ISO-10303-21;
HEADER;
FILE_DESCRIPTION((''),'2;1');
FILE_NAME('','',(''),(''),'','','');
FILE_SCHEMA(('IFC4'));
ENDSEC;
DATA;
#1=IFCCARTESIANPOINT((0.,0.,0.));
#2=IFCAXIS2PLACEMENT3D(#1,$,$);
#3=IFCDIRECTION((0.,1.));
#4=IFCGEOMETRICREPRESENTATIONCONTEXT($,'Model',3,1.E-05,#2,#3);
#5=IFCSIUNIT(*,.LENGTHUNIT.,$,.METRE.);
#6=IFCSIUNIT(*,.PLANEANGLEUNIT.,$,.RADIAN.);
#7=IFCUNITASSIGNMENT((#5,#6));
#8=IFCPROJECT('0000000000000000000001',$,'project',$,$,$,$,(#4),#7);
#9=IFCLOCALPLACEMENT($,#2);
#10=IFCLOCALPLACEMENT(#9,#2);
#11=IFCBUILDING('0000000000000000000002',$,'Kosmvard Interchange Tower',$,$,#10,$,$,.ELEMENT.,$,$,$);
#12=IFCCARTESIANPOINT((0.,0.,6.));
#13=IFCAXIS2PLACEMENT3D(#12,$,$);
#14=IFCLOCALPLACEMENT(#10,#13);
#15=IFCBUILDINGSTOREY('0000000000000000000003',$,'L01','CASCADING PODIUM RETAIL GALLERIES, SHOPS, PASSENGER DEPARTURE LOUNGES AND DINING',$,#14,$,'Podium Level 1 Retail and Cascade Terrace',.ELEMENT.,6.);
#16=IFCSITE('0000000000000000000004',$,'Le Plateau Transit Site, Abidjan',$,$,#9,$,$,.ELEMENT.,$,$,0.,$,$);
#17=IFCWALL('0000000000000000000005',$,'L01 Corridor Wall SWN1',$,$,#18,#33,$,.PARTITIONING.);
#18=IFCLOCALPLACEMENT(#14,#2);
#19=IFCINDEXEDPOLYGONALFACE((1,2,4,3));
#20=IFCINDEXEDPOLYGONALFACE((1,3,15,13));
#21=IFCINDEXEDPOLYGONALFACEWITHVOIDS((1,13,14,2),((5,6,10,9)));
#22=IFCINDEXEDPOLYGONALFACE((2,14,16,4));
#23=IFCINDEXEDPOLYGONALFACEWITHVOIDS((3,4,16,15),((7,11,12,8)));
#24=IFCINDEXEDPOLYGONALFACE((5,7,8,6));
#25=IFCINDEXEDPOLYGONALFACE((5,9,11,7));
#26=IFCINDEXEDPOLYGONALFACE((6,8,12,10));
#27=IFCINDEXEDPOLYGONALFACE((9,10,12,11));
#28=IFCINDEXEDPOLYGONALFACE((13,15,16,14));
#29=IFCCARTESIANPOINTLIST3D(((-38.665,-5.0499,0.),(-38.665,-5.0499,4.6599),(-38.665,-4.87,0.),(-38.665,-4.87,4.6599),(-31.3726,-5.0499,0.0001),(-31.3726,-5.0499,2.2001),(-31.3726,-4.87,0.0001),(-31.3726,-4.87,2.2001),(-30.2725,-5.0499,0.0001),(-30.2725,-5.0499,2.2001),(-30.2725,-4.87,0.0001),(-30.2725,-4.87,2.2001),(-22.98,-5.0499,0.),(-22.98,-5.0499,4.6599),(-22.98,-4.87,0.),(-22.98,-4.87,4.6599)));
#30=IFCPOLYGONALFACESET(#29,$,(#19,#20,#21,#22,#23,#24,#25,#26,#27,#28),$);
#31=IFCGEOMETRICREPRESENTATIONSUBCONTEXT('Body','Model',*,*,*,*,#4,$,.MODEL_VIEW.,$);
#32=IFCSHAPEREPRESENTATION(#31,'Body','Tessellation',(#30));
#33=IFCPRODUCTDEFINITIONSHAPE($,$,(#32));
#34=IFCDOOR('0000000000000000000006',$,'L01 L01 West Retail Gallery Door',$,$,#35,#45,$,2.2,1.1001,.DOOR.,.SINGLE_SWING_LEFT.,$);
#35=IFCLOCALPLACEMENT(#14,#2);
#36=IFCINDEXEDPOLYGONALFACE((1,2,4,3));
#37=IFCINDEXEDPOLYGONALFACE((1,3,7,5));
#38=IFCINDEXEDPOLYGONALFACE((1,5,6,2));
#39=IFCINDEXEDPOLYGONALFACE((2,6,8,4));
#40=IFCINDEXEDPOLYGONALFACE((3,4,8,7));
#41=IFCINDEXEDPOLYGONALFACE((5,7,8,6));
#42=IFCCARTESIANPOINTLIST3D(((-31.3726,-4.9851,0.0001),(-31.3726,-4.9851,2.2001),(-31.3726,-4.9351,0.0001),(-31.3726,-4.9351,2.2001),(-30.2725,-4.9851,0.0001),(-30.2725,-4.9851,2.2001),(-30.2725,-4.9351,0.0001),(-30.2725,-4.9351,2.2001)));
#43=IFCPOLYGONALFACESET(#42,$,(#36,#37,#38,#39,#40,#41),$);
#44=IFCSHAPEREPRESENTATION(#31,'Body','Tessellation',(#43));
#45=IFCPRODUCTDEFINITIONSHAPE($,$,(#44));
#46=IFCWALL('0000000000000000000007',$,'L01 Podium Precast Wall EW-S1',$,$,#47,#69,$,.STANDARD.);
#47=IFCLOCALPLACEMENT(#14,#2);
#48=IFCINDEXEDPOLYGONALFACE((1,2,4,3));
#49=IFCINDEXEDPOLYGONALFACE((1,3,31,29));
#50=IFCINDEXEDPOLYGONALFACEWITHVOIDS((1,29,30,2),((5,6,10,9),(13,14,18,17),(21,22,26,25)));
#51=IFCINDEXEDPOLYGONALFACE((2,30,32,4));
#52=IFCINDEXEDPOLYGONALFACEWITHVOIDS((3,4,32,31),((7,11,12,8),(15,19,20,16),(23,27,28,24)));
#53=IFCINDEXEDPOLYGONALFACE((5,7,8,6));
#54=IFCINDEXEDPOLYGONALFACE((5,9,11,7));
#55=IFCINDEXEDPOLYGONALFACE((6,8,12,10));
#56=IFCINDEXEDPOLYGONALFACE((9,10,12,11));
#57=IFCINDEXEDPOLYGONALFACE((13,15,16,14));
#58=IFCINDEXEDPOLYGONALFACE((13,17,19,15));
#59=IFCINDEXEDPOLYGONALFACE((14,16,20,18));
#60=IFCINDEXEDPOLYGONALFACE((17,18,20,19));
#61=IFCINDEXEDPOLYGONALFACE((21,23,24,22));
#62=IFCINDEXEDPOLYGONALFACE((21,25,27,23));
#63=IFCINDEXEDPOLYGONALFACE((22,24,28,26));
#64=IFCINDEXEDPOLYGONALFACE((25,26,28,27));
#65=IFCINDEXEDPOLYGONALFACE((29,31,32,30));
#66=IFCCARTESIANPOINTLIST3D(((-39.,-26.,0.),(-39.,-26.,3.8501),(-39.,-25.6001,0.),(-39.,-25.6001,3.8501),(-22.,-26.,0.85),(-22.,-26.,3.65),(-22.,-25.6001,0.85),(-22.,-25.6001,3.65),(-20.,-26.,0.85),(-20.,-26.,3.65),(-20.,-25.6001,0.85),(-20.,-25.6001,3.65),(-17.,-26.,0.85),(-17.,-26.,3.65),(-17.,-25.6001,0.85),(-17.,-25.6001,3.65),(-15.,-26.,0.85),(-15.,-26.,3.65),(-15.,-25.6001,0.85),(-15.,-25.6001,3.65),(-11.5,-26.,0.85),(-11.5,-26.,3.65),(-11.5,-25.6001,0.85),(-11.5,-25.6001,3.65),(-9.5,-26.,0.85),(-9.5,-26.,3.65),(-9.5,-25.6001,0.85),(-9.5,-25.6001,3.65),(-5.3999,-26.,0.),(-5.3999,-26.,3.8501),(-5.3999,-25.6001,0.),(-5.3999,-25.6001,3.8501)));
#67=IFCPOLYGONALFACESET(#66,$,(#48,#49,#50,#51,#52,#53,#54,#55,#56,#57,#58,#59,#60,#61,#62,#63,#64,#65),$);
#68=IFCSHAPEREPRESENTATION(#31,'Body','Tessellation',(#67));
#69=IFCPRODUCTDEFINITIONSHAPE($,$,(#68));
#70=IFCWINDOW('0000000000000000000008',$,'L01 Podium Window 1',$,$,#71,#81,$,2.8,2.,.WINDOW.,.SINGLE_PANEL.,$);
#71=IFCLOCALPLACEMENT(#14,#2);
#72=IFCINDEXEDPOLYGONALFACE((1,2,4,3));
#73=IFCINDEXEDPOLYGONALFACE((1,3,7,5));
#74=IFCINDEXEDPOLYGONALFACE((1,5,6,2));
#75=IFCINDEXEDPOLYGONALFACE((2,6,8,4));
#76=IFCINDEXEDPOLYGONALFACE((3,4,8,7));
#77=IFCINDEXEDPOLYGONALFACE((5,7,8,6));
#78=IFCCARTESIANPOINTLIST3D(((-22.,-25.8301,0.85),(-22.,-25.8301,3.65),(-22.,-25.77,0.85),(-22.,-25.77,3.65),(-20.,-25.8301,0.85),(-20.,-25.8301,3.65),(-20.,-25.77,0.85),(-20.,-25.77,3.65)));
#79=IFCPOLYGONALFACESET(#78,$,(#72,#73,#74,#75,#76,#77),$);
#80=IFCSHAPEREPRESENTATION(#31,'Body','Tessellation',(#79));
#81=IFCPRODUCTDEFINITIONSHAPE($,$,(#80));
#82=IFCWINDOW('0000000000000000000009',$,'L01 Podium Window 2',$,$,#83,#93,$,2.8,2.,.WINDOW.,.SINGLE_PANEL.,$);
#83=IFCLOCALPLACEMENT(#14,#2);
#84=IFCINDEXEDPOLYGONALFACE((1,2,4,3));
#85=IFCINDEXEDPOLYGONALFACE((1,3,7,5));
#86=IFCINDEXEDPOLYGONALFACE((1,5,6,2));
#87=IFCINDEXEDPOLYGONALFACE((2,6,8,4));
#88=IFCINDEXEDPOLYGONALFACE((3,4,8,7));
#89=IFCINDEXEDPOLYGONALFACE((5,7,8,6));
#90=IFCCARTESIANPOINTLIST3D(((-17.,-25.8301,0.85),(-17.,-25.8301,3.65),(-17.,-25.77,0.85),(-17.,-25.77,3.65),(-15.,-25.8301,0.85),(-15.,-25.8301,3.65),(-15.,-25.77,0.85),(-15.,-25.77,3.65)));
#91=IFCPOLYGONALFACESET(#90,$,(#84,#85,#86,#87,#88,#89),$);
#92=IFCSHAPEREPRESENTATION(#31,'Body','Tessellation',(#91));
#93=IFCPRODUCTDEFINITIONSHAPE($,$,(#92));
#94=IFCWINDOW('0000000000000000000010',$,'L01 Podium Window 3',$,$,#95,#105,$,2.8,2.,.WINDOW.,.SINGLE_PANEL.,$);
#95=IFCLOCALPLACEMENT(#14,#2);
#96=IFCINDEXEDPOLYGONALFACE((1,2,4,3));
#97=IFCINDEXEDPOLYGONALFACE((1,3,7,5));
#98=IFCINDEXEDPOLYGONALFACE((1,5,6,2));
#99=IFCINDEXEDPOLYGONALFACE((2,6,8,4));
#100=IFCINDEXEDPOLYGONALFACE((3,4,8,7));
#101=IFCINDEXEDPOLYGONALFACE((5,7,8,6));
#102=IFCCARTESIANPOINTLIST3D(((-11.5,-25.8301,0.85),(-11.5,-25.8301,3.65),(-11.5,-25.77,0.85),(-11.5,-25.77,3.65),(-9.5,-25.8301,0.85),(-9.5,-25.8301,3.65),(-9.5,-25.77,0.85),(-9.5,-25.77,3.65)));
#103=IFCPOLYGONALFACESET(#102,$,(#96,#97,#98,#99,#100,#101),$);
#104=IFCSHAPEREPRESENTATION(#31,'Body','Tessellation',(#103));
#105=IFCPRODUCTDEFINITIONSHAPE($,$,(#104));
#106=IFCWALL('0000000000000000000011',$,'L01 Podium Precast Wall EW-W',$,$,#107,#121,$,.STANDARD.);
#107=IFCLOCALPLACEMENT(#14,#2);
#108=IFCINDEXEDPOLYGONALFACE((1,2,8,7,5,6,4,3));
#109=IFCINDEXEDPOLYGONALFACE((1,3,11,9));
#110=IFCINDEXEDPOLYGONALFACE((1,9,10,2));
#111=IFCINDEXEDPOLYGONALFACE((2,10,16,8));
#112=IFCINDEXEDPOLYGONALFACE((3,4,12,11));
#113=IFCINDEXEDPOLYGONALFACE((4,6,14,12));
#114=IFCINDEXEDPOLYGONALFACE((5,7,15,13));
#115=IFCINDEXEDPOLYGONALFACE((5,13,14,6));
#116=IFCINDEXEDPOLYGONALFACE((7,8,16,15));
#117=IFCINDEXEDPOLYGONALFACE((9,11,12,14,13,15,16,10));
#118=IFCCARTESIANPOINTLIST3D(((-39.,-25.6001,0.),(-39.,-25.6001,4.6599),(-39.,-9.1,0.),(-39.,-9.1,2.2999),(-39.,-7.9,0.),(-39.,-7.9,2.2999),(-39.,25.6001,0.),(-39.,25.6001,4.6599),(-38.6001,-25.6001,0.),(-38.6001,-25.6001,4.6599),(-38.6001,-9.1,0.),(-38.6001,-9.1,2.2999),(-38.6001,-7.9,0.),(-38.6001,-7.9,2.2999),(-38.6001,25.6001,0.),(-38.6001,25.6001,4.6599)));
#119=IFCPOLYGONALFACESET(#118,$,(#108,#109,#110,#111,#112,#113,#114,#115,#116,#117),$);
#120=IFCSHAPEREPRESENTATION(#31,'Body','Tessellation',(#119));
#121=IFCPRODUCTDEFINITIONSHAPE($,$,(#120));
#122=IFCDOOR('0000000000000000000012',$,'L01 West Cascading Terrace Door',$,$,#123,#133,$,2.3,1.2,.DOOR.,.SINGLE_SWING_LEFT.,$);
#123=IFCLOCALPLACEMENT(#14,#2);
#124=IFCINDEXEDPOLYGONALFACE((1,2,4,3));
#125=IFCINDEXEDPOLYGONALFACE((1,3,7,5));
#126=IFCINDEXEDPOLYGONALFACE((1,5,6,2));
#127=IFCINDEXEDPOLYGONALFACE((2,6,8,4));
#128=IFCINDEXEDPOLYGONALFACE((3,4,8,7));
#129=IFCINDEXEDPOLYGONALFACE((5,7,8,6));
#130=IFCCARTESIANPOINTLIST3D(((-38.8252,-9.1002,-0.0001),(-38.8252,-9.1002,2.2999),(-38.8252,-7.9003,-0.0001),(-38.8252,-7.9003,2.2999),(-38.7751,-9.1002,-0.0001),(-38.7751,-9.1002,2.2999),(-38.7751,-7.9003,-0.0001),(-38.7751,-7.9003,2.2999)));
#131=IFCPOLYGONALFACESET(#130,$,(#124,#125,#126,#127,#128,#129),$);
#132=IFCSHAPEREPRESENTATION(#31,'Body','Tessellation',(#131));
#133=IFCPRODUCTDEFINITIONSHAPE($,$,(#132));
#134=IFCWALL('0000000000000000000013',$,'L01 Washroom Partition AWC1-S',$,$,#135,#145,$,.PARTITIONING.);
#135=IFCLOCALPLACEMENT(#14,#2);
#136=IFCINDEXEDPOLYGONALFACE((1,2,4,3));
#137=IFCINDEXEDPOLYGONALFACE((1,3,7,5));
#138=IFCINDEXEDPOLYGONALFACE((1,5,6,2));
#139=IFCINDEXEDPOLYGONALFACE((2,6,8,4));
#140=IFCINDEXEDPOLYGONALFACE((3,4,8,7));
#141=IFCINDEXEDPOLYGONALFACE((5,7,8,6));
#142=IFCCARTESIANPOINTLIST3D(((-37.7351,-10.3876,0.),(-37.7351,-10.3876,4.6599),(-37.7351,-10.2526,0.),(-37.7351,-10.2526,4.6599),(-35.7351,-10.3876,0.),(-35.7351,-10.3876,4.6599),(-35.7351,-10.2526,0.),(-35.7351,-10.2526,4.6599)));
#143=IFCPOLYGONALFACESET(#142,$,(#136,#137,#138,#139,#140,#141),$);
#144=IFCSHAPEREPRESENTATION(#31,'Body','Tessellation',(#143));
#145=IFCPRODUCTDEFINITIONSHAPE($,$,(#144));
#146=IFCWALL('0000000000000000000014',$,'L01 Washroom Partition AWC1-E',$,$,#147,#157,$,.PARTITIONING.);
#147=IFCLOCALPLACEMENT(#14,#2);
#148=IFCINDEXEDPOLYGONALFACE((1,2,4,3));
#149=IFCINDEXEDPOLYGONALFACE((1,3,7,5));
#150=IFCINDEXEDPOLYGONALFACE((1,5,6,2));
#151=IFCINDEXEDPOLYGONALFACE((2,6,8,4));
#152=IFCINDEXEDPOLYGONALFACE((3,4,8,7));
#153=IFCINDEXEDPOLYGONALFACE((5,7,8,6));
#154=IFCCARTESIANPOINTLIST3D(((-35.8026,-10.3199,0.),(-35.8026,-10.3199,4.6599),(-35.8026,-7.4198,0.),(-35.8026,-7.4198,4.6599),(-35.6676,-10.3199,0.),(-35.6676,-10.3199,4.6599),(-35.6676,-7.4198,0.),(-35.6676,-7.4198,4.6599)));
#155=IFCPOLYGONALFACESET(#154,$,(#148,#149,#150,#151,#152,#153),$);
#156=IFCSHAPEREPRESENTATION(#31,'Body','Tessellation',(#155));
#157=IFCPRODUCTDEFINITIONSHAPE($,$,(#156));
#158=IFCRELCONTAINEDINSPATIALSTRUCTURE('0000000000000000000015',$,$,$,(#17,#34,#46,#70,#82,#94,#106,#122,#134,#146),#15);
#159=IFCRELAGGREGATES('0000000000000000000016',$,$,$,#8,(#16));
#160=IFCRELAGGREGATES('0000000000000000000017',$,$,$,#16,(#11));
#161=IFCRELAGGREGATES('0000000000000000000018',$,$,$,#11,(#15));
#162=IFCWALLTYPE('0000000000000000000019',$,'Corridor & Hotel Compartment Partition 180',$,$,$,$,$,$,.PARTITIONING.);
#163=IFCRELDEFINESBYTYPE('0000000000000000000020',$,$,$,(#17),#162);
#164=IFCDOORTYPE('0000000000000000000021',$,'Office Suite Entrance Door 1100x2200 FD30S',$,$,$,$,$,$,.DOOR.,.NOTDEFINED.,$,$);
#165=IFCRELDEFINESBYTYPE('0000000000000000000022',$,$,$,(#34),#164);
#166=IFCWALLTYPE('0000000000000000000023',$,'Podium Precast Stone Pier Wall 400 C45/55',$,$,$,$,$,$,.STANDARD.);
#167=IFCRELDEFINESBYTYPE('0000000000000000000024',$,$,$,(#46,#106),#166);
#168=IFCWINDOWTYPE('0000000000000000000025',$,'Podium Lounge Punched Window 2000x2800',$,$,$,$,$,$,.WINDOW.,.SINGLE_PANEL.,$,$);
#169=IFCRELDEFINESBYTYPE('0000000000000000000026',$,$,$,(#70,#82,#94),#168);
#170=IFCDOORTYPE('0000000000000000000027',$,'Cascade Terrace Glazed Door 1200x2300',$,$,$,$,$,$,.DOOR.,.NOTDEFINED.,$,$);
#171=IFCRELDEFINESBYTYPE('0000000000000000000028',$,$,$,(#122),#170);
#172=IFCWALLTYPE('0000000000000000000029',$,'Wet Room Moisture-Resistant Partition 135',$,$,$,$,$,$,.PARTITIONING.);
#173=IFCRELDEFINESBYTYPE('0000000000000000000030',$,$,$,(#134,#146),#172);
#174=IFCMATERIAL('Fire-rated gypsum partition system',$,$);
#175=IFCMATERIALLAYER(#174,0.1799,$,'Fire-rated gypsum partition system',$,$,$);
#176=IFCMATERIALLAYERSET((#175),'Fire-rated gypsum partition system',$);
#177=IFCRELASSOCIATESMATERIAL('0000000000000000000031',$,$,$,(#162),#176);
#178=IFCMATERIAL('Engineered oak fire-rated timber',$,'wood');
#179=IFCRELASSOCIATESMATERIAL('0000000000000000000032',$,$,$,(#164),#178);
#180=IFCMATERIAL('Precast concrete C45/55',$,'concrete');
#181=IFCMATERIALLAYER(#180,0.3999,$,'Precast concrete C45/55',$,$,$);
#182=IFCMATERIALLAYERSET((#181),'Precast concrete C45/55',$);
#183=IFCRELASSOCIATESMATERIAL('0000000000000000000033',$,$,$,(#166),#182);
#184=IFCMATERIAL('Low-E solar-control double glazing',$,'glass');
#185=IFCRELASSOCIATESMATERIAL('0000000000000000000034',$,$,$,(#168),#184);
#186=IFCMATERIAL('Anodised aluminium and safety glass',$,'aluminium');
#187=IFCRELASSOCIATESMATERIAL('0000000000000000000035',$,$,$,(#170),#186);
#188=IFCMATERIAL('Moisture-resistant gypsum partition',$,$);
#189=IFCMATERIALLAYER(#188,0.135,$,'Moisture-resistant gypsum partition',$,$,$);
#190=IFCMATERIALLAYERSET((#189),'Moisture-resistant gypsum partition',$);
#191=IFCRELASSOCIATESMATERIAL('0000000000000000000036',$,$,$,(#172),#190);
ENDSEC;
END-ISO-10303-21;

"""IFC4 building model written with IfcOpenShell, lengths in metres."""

from ifc_helpers import new_model, si_unit, direction, frame, frame_2d, origin, place, context, subcontext, project, spatial, rectangle, extrude, source, transform, mapped, material, layer, layer_set, type_object, element, fill, save


model = new_model("IFC4")

# Units and contexts
model_context = context("Model", 3, precision=1e-05, world=origin(), true_north=direction((0.0, 1.0)))
body_context = subcontext(model_context, "Body", "Model", "MODEL_VIEW")
ifc_project = project(units=[si_unit("LENGTHUNIT", "METRE"), si_unit("PLANEANGLEUNIT", "RADIAN")], contexts=[model_context])

# Site, building, storey
site_placement = place(None, origin())
site = spatial("IfcSite", under=ifc_project, at=site_placement, Name="Le Plateau Transit Site, Abidjan", CompositionType="ELEMENT", RefElevation=0.0)
building_placement = place(site_placement, origin())
building = spatial("IfcBuilding", under=site, at=building_placement, Name="Kosmvard Interchange Tower", CompositionType="ELEMENT")
storey_placement = place(building_placement, frame((0.0, 0.0, 6.0)))
storey = spatial("IfcBuildingStorey", under=building, at=storey_placement, Name="L01", Description="CASCADING PODIUM RETAIL GALLERIES, SHOPS, PASSENGER DEPARTURE LOUNGES AND DINING", LongName="Podium Level 1 Retail and Cascade Terrace", CompositionType="ELEMENT", Elevation=6.0)

# Shared definitions
ifc_material_1 = material(Name="Fire-rated gypsum partition system")
ifc_layer_1 = layer(ifc_material_1, 0.1799, Name="Fire-rated gypsum partition system")
ifc_layer_set_1 = layer_set([ifc_layer_1], Name="Fire-rated gypsum partition system")
wall_type_1 = type_object("IfcWallType", Name="Corridor & Hotel Compartment Partition 180", PredefinedType="PARTITIONING", material=ifc_layer_set_1)
ifc_material_2 = material(Name="Engineered oak fire-rated timber", Category="wood")
door_type_1 = type_object("IfcDoorType", Name="Office Suite Entrance Door 1100x2200 FD30S", OperationType="NOTDEFINED", PredefinedType="DOOR", material=ifc_material_2)
shared_shape_1 = source(origin(), body_context, "Body", "SweptSolid", [
    extrude(rectangle(XDim=1.1001, YDim=2.2, at=frame_2d((0.55, 1.1001))), frame((0.0, 0.0249, 0.0), z_axis=(0.0, -1.0, 0.0), x_axis=(1.0, 0.0, 0.0)), (0.0, 0.0, 1.0), 0.05),
])

# Wall, opening, door
wall_1_placement = place(storey_placement, frame((-38.665, -4.96, 0.0), z_axis=(0.0, 0.0, 1.0), x_axis=(1.0, 0.0, 0.0)))
wall_1 = element("IfcWall", 1, at=wall_1_placement, inside=storey, type_object=wall_type_1, Name="L01 Corridor Wall SWN1", PredefinedType="PARTITIONING", context=body_context, shape_type="SweptSolid", body=[
    extrude(rectangle(XDim=15.6851, YDim=0.1799, at=frame_2d((7.8425, 0.0))), origin(), (0.0, 0.0, 1.0), 4.6599),
])
opening_1_placement = place(wall_1_placement, frame((7.2925, 0.0, 0.0)))
opening_1 = element("IfcOpeningElement", 2, at=opening_1_placement, cuts=wall_1, PredefinedType="OPENING", context=body_context, shape_type="SweptSolid", body=[
    extrude(rectangle(XDim=1.1001, YDim=2.2, at=frame_2d((0.55, 1.1001))), frame((0.0, 0.1001, 0.0), z_axis=(0.0, -1.0, 0.0), x_axis=(1.0, 0.0, 0.0)), (0.0, 0.0, 1.0), 0.2),
])
door_1_placement = place(opening_1_placement, origin())
door_1 = element("IfcDoor", 3, at=door_1_placement, inside=storey, type_object=door_type_1, Name="L01 L01 West Retail Gallery Door", OperationType="SINGLE_SWING_LEFT", OverallHeight=2.2, OverallWidth=1.1001, PredefinedType="DOOR", context=body_context, shape_type="MappedRepresentation", body=[
    mapped(shared_shape_1, transform((0.0, 0.0, 0.0), scale=1.0)),
])
fill(opening_1, door_1)

# Wall, openings, windows
ifc_material_3 = material(Name="Precast concrete C45/55", Category="concrete")
ifc_layer_2 = layer(ifc_material_3, 0.3999, Name="Precast concrete C45/55")
ifc_layer_set_2 = layer_set([ifc_layer_2], Name="Precast concrete C45/55")
wall_type_2 = type_object("IfcWallType", Name="Podium Precast Stone Pier Wall 400 C45/55", PredefinedType="STANDARD", material=ifc_layer_set_2)
wall_2_placement = place(storey_placement, frame((-39.0, -25.8, 0.0), z_axis=(0.0, 0.0, 1.0), x_axis=(1.0, 0.0, 0.0)))
wall_2 = element("IfcWall", 4, at=wall_2_placement, inside=storey, type_object=wall_type_2, Name="L01 Podium Precast Wall EW-S1", PredefinedType="STANDARD", context=body_context, shape_type="SweptSolid", body=[
    extrude(rectangle(XDim=33.6001, YDim=0.3999, at=frame_2d((16.8, 0.0))), origin(), (0.0, 0.0, 1.0), 3.8501),
])
opening_2_placement = place(wall_2_placement, frame((17.0, 0.0, 0.8501)))
opening_2 = element("IfcOpeningElement", 5, at=opening_2_placement, cuts=wall_2, PredefinedType="OPENING", context=body_context, shape_type="SweptSolid", body=[
    extrude(rectangle(XDim=2.0, YDim=2.8, at=frame_2d((1.0, 1.3999))), frame((0.0, 0.21, 0.0), z_axis=(0.0, -1.0, 0.0), x_axis=(1.0, 0.0, 0.0)), (0.0, 0.0, 1.0), 0.4199),
])
opening_3_placement = place(wall_2_placement, frame((22.0, 0.0, 0.8501)))
opening_3 = element("IfcOpeningElement", 6, at=opening_3_placement, cuts=wall_2, PredefinedType="OPENING", context=body_context, shape_type="SweptSolid", body=[
    extrude(rectangle(XDim=2.0, YDim=2.8, at=frame_2d((1.0, 1.3999))), frame((0.0, 0.21, 0.0), z_axis=(0.0, -1.0, 0.0), x_axis=(1.0, 0.0, 0.0)), (0.0, 0.0, 1.0), 0.4199),
])
opening_4_placement = place(wall_2_placement, frame((27.5, 0.0, 0.8501)))
opening_4 = element("IfcOpeningElement", 7, at=opening_4_placement, cuts=wall_2, PredefinedType="OPENING", context=body_context, shape_type="SweptSolid", body=[
    extrude(rectangle(XDim=2.0, YDim=2.8, at=frame_2d((1.0, 1.3999))), frame((0.0, 0.21, 0.0), z_axis=(0.0, -1.0, 0.0), x_axis=(1.0, 0.0, 0.0)), (0.0, 0.0, 1.0), 0.4199),
])
ifc_material_4 = material(Name="Low-E solar-control double glazing", Category="glass")
window_type = type_object("IfcWindowType", Name="Podium Lounge Punched Window 2000x2800", PartitioningType="SINGLE_PANEL", PredefinedType="WINDOW", material=ifc_material_4)
shared_shape_2 = source(origin(), body_context, "Body", "SweptSolid", [
    extrude(rectangle(XDim=2.0, YDim=2.8, at=frame_2d((1.0, 1.3999))), frame((0.0, 0.03, 0.0), z_axis=(0.0, -1.0, 0.0), x_axis=(1.0, 0.0, 0.0)), (0.0, 0.0, 1.0), 0.0601),
])
window_1_placement = place(opening_2_placement, origin())
window_1 = element("IfcWindow", 8, at=window_1_placement, inside=storey, type_object=window_type, Name="L01 Podium Window 1", OverallHeight=2.8, OverallWidth=2.0, PartitioningType="SINGLE_PANEL", PredefinedType="WINDOW", context=body_context, shape_type="MappedRepresentation", body=[
    mapped(shared_shape_2, transform((0.0, 0.0, 0.0), scale=1.0)),
])
fill(opening_2, window_1)
window_2_placement = place(opening_3_placement, origin())
window_2 = element("IfcWindow", 9, at=window_2_placement, inside=storey, type_object=window_type, Name="L01 Podium Window 2", OverallHeight=2.8, OverallWidth=2.0, PartitioningType="SINGLE_PANEL", PredefinedType="WINDOW", context=body_context, shape_type="MappedRepresentation", body=[
    mapped(shared_shape_2, transform((0.0, 0.0, 0.0), scale=1.0)),
])
fill(opening_3, window_2)
window_3_placement = place(opening_4_placement, origin())
window_3 = element("IfcWindow", 10, at=window_3_placement, inside=storey, type_object=window_type, Name="L01 Podium Window 3", OverallHeight=2.8, OverallWidth=2.0, PartitioningType="SINGLE_PANEL", PredefinedType="WINDOW", context=body_context, shape_type="MappedRepresentation", body=[
    mapped(shared_shape_2, transform((0.0, 0.0, 0.0), scale=1.0)),
])
fill(opening_4, window_3)

# Wall, opening, door
wall_3_placement = place(storey_placement, frame((-38.8, -25.6001, 0.0), z_axis=(0.0, 0.0, 1.0), x_axis=(0.0, 1.0, 0.0)))
wall_3 = element("IfcWall", 11, at=wall_3_placement, inside=storey, type_object=wall_type_2, Name="L01 Podium Precast Wall EW-W", PredefinedType="STANDARD", context=body_context, shape_type="SweptSolid", body=[
    extrude(rectangle(XDim=51.2002, YDim=0.3999, at=frame_2d((25.6001, 0.0))), origin(), (0.0, 0.0, 1.0), 4.6599),
])
opening_5_placement = place(wall_3_placement, frame((16.5, 0.0, 0.0)))
opening_5 = element("IfcOpeningElement", 12, at=opening_5_placement, cuts=wall_3, PredefinedType="OPENING", context=body_context, shape_type="SweptSolid", body=[
    extrude(rectangle(XDim=1.2, YDim=2.3, at=frame_2d((0.6001, 1.1499))), frame((0.0, 0.21, 0.0), z_axis=(0.0, -1.0, 0.0), x_axis=(1.0, 0.0, 0.0)), (0.0, 0.0, 1.0), 0.4199),
])
ifc_material_5 = material(Name="Anodised aluminium and safety glass", Category="aluminium")
door_type_2 = type_object("IfcDoorType", Name="Cascade Terrace Glazed Door 1200x2300", OperationType="NOTDEFINED", PredefinedType="DOOR", material=ifc_material_5)
shared_shape_3 = source(origin(), body_context, "Body", "SweptSolid", [
    extrude(rectangle(XDim=1.2, YDim=2.3, at=frame_2d((0.6001, 1.1499))), frame((0.0, 0.0249, 0.0), z_axis=(0.0, -1.0, 0.0), x_axis=(1.0, 0.0, 0.0)), (0.0, 0.0, 1.0), 0.05),
])
door_2_placement = place(opening_5_placement, frame((1.2, 0.0, 0.0), z_axis=(0.0, 0.0, 1.0), x_axis=(-1.0, 0.0, 0.0)))
door_2 = element("IfcDoor", 13, at=door_2_placement, inside=storey, type_object=door_type_2, Name="L01 West Cascading Terrace Door", OperationType="SINGLE_SWING_LEFT", OverallHeight=2.3, OverallWidth=1.2, PredefinedType="DOOR", context=body_context, shape_type="MappedRepresentation", body=[
    mapped(shared_shape_3, transform((0.0, 0.0, 0.0), scale=1.0)),
])
fill(opening_5, door_2)

# Walls
ifc_material_6 = material(Name="Moisture-resistant gypsum partition")
ifc_layer_3 = layer(ifc_material_6, 0.135, Name="Moisture-resistant gypsum partition")
ifc_layer_set_3 = layer_set([ifc_layer_3], Name="Moisture-resistant gypsum partition")
wall_type_3 = type_object("IfcWallType", Name="Wet Room Moisture-Resistant Partition 135", PredefinedType="PARTITIONING", material=ifc_layer_set_3)
wall_4_placement = place(storey_placement, frame((-37.7351, -10.3201, 0.0), z_axis=(0.0, 0.0, 1.0), x_axis=(1.0, 0.0, 0.0)))
element("IfcWall", 14, at=wall_4_placement, inside=storey, type_object=wall_type_3, Name="L01 Washroom Partition AWC1-S", PredefinedType="PARTITIONING", context=body_context, shape_type="SweptSolid", body=[
    extrude(rectangle(XDim=2.0, YDim=0.135, at=frame_2d((1.0, 0.0))), origin(), (0.0, 0.0, 1.0), 4.6599),
])
for number, where, z_axis, x_axis, name in (
    (15, (-35.7351, -10.3201, 0.0), (0.0, 0.0, 1.0), (0.0, 1.0, 0.0), "L01 Washroom Partition AWC1-E"),
):
    element("IfcWall", number, at=place(storey_placement, frame(where, z_axis=z_axis, x_axis=x_axis)), inside=storey, type_object=wall_type_3, Name=name, PredefinedType="PARTITIONING", context=body_context, shape_type="SweptSolid", body=[
        extrude(rectangle(XDim=2.9001, YDim=0.135, at=frame_2d((1.4502, 0.0))), origin(), (0.0, 0.0, 1.0), 4.6599),
    ])

save(model, "model.ifc")
